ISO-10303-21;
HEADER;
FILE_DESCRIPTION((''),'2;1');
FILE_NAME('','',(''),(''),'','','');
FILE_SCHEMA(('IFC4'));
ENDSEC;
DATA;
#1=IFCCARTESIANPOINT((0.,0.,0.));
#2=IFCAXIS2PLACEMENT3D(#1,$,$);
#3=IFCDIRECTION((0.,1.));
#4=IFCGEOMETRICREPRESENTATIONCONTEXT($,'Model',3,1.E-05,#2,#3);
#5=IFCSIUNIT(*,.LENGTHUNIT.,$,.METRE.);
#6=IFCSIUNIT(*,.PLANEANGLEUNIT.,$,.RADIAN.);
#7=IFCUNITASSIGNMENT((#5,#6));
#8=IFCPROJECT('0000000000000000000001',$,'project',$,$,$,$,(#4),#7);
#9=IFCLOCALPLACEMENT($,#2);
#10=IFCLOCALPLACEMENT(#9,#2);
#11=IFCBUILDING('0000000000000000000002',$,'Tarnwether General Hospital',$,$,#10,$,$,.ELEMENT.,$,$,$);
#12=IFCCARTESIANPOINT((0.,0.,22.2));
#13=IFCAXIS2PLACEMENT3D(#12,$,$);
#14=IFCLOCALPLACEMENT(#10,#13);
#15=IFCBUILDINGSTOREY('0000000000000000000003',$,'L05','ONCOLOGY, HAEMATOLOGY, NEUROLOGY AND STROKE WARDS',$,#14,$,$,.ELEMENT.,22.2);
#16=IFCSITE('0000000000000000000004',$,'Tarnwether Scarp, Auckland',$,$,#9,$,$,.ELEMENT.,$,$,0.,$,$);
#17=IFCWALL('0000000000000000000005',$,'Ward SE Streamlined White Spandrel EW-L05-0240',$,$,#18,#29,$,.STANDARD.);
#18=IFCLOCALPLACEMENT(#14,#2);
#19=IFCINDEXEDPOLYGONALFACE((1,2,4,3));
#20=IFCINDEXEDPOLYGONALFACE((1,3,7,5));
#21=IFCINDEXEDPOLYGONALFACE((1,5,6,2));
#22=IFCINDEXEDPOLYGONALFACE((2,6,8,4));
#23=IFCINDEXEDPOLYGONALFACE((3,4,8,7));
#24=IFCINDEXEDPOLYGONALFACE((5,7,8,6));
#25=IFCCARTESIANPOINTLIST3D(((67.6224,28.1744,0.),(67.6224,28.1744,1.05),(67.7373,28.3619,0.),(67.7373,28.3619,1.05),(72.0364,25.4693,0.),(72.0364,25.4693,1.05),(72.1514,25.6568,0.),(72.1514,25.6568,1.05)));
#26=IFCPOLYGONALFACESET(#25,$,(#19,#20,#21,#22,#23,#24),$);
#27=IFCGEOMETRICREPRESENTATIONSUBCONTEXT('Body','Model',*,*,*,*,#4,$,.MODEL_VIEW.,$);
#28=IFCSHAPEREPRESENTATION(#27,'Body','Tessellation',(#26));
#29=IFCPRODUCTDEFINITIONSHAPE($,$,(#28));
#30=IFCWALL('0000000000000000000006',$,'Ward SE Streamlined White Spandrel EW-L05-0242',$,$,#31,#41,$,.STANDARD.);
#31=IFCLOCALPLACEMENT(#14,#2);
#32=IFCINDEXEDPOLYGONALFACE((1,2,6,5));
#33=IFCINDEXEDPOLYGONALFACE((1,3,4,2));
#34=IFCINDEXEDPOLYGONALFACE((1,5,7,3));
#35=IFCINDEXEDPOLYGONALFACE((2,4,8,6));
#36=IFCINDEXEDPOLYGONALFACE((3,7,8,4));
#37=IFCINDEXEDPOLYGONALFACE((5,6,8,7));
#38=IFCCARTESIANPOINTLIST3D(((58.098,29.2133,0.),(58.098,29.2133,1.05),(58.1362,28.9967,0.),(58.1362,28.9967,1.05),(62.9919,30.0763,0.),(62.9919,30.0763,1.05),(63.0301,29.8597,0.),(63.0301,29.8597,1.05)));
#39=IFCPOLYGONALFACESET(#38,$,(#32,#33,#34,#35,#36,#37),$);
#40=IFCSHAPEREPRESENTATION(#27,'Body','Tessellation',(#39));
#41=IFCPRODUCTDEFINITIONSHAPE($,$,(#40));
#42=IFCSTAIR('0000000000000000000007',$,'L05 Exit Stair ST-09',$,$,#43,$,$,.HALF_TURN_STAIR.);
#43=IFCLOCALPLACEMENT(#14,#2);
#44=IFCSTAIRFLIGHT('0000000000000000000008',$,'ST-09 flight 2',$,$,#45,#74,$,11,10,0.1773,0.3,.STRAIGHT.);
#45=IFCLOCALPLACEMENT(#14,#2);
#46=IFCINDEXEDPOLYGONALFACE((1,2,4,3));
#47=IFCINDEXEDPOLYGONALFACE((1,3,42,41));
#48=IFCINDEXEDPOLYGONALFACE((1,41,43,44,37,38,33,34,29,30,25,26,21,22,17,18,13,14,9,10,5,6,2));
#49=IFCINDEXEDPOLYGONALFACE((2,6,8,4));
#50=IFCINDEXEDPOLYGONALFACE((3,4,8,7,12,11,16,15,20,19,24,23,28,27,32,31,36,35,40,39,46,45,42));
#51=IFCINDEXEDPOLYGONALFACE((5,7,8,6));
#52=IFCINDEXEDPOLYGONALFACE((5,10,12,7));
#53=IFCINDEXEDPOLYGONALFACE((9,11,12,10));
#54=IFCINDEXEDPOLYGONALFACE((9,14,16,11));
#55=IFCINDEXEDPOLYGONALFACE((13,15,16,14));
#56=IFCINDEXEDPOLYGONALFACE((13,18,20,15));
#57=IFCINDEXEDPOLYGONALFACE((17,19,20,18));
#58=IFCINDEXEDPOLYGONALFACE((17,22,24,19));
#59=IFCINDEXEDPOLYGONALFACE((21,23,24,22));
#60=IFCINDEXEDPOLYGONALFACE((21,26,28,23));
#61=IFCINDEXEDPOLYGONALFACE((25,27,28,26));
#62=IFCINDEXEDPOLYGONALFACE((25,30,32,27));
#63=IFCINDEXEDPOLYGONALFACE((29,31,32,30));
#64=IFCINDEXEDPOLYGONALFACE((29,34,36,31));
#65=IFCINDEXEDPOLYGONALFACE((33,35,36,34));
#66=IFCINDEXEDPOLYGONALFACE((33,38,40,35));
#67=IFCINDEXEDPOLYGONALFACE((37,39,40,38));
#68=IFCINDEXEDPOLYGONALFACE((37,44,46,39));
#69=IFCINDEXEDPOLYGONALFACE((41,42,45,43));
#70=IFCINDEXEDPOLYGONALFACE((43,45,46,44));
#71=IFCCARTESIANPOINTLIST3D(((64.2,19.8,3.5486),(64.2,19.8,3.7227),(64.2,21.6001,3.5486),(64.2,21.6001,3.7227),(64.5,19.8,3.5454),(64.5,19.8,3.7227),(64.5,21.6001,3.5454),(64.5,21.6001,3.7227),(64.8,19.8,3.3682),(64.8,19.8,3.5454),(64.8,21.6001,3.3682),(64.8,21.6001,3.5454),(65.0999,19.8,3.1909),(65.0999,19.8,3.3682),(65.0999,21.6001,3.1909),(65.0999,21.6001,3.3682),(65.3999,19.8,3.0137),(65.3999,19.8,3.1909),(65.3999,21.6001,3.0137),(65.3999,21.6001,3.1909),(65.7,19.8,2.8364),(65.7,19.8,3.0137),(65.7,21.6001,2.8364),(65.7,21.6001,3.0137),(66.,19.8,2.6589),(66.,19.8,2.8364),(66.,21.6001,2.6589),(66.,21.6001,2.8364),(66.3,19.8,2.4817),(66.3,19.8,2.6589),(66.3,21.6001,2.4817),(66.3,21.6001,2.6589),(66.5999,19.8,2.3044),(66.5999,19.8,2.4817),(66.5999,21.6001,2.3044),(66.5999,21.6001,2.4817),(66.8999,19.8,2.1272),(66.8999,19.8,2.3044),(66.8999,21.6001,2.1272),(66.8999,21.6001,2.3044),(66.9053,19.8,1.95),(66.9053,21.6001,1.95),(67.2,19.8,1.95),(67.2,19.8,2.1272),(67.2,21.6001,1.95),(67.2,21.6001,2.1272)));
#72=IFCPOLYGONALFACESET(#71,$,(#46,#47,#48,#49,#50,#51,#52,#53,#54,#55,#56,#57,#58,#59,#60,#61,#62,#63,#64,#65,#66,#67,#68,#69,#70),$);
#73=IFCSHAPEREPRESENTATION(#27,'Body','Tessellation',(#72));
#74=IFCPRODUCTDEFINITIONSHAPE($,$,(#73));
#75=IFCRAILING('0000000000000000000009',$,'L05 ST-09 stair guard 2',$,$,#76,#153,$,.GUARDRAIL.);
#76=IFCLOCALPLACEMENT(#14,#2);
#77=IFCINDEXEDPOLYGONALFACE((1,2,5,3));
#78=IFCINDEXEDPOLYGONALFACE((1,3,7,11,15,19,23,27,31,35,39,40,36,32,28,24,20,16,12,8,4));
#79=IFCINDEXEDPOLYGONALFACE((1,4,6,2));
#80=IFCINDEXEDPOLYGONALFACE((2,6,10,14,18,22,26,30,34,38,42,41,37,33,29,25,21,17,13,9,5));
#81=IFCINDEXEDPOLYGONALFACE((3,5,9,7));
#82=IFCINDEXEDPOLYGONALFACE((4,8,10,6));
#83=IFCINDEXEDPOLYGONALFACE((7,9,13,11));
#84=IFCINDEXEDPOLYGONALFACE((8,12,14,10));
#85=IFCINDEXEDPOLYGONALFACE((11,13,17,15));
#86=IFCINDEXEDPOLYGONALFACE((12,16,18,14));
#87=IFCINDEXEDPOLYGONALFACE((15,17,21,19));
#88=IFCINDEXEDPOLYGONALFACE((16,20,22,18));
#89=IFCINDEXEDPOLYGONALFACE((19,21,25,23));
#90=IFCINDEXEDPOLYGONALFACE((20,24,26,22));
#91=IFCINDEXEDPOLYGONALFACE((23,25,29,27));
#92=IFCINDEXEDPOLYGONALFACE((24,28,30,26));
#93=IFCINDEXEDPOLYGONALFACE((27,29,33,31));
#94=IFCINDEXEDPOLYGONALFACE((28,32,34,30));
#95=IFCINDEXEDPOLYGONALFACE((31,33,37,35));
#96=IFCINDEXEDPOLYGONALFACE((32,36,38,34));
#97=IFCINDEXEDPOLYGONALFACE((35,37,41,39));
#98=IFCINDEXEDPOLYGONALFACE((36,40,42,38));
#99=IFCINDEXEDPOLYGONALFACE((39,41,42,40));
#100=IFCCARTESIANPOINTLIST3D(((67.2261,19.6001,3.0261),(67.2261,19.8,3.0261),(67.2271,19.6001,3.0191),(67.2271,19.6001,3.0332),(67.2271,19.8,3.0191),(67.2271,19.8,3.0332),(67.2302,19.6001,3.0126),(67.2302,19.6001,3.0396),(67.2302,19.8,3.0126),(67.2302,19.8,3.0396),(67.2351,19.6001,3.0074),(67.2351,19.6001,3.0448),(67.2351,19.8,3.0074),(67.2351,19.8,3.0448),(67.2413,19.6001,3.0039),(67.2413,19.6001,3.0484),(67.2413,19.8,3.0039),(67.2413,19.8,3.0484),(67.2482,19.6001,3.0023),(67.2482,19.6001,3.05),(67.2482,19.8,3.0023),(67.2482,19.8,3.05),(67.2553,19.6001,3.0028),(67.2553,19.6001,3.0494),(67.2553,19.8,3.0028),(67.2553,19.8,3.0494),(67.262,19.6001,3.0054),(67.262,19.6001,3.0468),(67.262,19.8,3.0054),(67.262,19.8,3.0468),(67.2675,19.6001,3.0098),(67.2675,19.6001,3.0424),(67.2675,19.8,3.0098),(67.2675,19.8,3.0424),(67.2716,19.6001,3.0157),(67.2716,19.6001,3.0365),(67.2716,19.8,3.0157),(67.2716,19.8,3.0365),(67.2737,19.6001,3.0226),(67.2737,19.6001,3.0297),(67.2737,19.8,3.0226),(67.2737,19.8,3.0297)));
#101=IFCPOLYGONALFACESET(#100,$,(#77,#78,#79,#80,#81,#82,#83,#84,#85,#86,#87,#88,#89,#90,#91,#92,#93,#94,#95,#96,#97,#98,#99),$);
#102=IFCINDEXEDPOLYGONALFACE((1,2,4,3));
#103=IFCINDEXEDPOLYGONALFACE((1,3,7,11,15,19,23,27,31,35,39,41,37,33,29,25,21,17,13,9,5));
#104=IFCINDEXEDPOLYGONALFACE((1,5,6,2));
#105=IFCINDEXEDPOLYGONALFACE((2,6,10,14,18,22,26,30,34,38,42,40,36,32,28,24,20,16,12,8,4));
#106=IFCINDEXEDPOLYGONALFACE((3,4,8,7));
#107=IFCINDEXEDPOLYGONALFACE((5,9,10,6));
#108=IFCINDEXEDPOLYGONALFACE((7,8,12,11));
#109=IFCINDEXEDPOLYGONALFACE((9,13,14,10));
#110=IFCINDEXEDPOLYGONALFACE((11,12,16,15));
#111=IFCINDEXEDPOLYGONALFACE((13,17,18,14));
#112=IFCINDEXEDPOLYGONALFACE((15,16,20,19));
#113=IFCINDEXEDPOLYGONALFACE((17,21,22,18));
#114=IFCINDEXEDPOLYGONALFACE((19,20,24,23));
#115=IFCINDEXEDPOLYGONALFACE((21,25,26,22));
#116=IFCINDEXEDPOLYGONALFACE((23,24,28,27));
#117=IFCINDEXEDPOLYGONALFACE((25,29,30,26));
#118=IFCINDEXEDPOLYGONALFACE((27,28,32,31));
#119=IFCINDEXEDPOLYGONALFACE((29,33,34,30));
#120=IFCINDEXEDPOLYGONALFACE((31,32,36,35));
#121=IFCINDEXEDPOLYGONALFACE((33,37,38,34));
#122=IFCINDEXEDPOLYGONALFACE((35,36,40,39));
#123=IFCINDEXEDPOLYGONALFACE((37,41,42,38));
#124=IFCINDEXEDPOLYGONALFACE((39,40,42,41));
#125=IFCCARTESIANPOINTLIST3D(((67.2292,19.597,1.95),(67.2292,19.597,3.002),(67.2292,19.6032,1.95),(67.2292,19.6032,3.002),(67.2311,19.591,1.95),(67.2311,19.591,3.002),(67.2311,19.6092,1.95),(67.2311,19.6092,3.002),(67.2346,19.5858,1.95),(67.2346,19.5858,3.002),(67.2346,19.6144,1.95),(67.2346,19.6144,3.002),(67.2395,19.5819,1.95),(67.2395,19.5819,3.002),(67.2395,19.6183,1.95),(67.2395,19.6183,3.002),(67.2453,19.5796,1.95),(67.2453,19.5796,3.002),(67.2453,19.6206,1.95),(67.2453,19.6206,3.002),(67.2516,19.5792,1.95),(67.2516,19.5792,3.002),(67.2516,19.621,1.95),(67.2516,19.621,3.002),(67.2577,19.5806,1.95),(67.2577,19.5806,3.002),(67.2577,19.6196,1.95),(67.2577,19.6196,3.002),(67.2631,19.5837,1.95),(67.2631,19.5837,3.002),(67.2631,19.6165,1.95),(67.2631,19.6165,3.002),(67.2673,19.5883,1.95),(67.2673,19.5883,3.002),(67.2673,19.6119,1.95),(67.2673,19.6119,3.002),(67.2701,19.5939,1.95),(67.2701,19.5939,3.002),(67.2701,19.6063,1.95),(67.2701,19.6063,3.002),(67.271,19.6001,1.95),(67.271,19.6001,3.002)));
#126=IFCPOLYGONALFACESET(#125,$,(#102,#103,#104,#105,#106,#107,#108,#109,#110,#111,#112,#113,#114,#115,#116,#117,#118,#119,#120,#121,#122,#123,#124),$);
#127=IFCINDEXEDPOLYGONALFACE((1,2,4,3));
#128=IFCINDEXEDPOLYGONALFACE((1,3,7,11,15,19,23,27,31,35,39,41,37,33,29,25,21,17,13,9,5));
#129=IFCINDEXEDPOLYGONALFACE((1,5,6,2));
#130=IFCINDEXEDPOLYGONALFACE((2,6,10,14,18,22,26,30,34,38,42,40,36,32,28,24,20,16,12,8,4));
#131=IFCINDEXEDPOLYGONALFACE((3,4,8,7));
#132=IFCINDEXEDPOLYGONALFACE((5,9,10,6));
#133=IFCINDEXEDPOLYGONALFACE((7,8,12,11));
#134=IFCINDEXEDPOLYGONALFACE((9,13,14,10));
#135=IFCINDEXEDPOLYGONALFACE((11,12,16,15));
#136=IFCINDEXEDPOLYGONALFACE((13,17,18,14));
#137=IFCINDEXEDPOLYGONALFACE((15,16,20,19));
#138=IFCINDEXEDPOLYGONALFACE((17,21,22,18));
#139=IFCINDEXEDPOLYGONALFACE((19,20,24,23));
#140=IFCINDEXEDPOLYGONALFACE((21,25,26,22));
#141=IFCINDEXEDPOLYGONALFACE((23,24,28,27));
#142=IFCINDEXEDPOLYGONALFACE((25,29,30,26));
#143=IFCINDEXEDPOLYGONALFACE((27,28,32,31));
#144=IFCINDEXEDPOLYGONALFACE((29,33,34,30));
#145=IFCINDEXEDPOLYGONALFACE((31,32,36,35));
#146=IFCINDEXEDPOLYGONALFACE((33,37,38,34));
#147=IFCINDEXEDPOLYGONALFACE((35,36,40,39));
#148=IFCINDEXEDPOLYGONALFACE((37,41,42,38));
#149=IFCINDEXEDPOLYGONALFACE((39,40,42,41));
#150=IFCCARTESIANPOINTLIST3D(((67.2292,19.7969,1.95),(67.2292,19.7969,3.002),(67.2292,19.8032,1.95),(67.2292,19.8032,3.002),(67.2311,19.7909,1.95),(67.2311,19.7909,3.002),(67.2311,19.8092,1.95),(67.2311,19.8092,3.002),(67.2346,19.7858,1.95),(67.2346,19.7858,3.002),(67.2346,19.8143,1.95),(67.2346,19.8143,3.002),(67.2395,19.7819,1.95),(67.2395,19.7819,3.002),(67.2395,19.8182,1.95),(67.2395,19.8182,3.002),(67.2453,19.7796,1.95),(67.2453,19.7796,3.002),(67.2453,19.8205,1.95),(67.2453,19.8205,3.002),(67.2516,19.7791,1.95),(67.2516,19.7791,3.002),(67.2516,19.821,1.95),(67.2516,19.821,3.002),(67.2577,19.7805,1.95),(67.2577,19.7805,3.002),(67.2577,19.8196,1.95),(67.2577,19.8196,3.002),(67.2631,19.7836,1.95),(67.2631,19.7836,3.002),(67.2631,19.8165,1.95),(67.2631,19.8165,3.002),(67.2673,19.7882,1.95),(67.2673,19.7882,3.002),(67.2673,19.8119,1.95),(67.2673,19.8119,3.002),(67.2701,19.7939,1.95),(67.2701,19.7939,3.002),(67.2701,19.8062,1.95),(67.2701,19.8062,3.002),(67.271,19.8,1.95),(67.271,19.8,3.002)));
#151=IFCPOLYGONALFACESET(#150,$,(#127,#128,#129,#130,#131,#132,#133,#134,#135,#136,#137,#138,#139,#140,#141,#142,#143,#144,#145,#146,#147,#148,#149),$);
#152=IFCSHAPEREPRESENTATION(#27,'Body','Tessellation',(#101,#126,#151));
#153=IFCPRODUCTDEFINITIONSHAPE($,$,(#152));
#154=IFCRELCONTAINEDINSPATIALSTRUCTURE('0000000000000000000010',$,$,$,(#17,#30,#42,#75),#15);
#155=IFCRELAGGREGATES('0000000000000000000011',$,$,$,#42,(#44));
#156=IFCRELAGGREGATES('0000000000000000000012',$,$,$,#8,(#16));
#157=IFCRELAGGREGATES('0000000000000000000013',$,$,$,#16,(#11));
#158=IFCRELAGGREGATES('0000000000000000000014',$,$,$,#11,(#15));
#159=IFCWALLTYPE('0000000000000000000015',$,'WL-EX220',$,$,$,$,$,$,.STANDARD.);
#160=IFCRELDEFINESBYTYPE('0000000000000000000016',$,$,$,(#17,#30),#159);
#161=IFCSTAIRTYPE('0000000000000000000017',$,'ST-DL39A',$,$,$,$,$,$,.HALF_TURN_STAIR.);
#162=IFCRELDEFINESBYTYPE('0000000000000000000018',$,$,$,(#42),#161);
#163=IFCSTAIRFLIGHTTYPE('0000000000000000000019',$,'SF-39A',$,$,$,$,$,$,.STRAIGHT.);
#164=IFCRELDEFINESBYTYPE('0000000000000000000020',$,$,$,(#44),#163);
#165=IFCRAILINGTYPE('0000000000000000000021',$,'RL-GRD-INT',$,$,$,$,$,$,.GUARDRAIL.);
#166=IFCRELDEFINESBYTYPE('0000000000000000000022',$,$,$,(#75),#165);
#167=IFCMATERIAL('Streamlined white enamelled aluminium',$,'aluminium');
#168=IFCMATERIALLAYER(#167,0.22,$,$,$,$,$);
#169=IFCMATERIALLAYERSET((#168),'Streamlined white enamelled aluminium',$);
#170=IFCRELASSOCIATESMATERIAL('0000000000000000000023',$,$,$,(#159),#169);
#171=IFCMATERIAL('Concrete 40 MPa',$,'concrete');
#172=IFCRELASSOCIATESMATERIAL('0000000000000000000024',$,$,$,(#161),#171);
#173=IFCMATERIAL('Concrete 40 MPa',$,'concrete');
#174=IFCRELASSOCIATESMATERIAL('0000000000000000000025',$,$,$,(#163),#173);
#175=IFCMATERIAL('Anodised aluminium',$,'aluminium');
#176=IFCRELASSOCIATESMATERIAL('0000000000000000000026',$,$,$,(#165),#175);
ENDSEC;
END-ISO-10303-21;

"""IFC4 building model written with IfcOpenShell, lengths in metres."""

from ifc_helpers import new_model, si_unit, direction, frame, frame_2d, origin, origin_2d, place, context, subcontext, project, spatial, polyline, rectangle, circle, outline, extrude, material, layer, layer_set, type_object, element, aggregate, save


model = new_model("IFC4")

# Units and contexts
model_context = context("Model", 3, precision=1e-05, world=origin(), true_north=direction((0.0, 1.0)))
body_context = subcontext(model_context, "Body", "Model", "MODEL_VIEW")
ifc_project = project(units=[si_unit("LENGTHUNIT", "METRE"), si_unit("PLANEANGLEUNIT", "RADIAN")], contexts=[model_context])

# Site, building, storey
site_placement = place(None, origin())
site = spatial("IfcSite", under=ifc_project, at=site_placement, Name="Tarnwether Scarp, Auckland", CompositionType="ELEMENT", RefElevation=0.0)
building_placement = place(site_placement, origin())
building = spatial("IfcBuilding", under=site, at=building_placement, Name="Tarnwether General Hospital", CompositionType="ELEMENT")
storey_placement = place(building_placement, frame((0.0, 0.0, 22.2)))
storey = spatial("IfcBuildingStorey", under=building, at=storey_placement, Name="L05", Description="ONCOLOGY, HAEMATOLOGY, NEUROLOGY AND STROKE WARDS", CompositionType="ELEMENT", Elevation=22.2)

# Walls
ifc_material_1 = material(Name="Streamlined white enamelled aluminium", Category="aluminium")
ifc_layer_1 = layer(ifc_material_1, 0.22)
ifc_layer_set_1 = layer_set([ifc_layer_1], Name="Streamlined white enamelled aluminium")
wall_type = type_object("IfcWallType", Name="WL-EX220", PredefinedType="STANDARD", material=ifc_layer_set_1)
wall_1_placement = place(storey_placement, frame((67.6799, 28.2681, 0.0), z_axis=(0.0, 0.0, 1.0), x_axis=(0.852628, -0.522518, 0.0)))
element("IfcWall", 1, at=wall_1_placement, inside=storey, type_object=wall_type, Name="Ward SE Streamlined White Spandrel EW-L05-0240", PredefinedType="STANDARD", context=body_context, shape_type="SweptSolid", body=[
    extrude(rectangle(XDim=5.177, YDim=0.22, at=frame_2d((2.5884, 0.0))), origin(), (0.0, 0.0, 1.0), 1.05),
])
wall_2_placement = place(storey_placement, frame((58.1169, 29.105, 0.0), z_axis=(0.0, 0.0, 1.0), x_axis=(0.984805, 0.173665, 0.0)))
element("IfcWall", 2, at=wall_2_placement, inside=storey, type_object=wall_type, Name="Ward SE Streamlined White Spandrel EW-L05-0242", PredefinedType="STANDARD", context=body_context, shape_type="SweptSolid", body=[
    extrude(rectangle(XDim=4.9695, YDim=0.22, at=frame_2d((2.4849, 0.0))), origin(), (0.0, 0.0, 1.0), 1.05),
])

# Stair, stair flight
ifc_material_2 = material(Name="Concrete 40 MPa", Category="concrete")
stair_type = type_object("IfcStairType", Name="ST-DL39A", PredefinedType="HALF_TURN_STAIR", material=ifc_material_2)
stair_placement = place(storey_placement, origin())
stair = element("IfcStair", 3, at=stair_placement, inside=storey, type_object=stair_type, Name="L05 Exit Stair ST-09", PredefinedType="HALF_TURN_STAIR")
ifc_material_3 = material(Name="Concrete 40 MPa", Category="concrete")
stair_flight_type = type_object("IfcStairFlightType", Name="SF-39A", PredefinedType="STRAIGHT", material=ifc_material_3)
stair_flight_placement = place(storey_placement, frame((67.2, 20.7, 1.95), z_axis=(0.0, 0.0, 1.0), x_axis=(-1.0, 0.0, 0.0)))
stair_flight = element("IfcStairFlight", 4, at=stair_flight_placement, type_object=stair_flight_type, Name="ST-09 flight 2", NumberOfRisers=11, NumberOfTreads=10, PredefinedType="STRAIGHT", RiserHeight=0.1773, TreadLength=0.3, context=body_context, shape_type="SweptSolid", body=[
    extrude(outline(polyline([(0.0, 0.0), (0.0, 0.1772), (0.3, 0.1772), (0.3, 0.3545), (0.6001, 0.3545), (0.6001, 0.5317), (0.8999, 0.5317), (0.8999, 0.709), (1.2, 0.709), (1.2, 0.8865), (1.5, 0.8865), (1.5, 1.0637), (1.8, 1.0637), (1.8, 1.241), (2.1001, 1.241), (2.1001, 1.4182), (2.3999, 1.4182), (2.3999, 1.5955), (2.7, 1.5955), (2.7, 1.7727), (3.0, 1.7727), (3.0, 1.95), (3.0, 1.5986), (0.2947, 0.0), (0.0, 0.0)])), frame((0.0, 0.8999, 0.0), z_axis=(0.0, -1.0, 0.0), x_axis=(1.0, 0.0, 0.0)), (0.0, 0.0, 1.0), 1.8),
])
aggregate(stair, [stair_flight])

# Railing
ifc_material_4 = material(Name="Anodised aluminium", Category="aluminium")
railing_type_1 = type_object("IfcRailingType", Name="RL-GRD-INT", PredefinedType="GUARDRAIL", material=ifc_material_4)
railing_1_placement = place(storey_placement, frame((67.25, 19.6001, 1.95)))
element("IfcRailing", 5, at=railing_1_placement, inside=storey, type_object=railing_type_1, Name="L05 ST-09 stair guard 2", PredefinedType="GUARDRAIL", context=body_context, shape_type="SweptSolid", body=[
    extrude(circle(Radius=0.0239, at=origin_2d()), frame((0.0, 0.0, 1.0762), z_axis=(0.0, 1.0, 0.0), x_axis=(-1.0, 0.0, 0.0)), (0.0, 0.0, 1.0), 0.2),
    extrude(circle(Radius=0.021, at=origin_2d()), origin(), (0.0, 0.0, 1.0), 1.052),
    extrude(circle(Radius=0.021, at=origin_2d()), frame((0.0, 0.2, 0.0)), (0.0, 0.0, 1.0), 1.052),
])

save(model, "model.ifc")
